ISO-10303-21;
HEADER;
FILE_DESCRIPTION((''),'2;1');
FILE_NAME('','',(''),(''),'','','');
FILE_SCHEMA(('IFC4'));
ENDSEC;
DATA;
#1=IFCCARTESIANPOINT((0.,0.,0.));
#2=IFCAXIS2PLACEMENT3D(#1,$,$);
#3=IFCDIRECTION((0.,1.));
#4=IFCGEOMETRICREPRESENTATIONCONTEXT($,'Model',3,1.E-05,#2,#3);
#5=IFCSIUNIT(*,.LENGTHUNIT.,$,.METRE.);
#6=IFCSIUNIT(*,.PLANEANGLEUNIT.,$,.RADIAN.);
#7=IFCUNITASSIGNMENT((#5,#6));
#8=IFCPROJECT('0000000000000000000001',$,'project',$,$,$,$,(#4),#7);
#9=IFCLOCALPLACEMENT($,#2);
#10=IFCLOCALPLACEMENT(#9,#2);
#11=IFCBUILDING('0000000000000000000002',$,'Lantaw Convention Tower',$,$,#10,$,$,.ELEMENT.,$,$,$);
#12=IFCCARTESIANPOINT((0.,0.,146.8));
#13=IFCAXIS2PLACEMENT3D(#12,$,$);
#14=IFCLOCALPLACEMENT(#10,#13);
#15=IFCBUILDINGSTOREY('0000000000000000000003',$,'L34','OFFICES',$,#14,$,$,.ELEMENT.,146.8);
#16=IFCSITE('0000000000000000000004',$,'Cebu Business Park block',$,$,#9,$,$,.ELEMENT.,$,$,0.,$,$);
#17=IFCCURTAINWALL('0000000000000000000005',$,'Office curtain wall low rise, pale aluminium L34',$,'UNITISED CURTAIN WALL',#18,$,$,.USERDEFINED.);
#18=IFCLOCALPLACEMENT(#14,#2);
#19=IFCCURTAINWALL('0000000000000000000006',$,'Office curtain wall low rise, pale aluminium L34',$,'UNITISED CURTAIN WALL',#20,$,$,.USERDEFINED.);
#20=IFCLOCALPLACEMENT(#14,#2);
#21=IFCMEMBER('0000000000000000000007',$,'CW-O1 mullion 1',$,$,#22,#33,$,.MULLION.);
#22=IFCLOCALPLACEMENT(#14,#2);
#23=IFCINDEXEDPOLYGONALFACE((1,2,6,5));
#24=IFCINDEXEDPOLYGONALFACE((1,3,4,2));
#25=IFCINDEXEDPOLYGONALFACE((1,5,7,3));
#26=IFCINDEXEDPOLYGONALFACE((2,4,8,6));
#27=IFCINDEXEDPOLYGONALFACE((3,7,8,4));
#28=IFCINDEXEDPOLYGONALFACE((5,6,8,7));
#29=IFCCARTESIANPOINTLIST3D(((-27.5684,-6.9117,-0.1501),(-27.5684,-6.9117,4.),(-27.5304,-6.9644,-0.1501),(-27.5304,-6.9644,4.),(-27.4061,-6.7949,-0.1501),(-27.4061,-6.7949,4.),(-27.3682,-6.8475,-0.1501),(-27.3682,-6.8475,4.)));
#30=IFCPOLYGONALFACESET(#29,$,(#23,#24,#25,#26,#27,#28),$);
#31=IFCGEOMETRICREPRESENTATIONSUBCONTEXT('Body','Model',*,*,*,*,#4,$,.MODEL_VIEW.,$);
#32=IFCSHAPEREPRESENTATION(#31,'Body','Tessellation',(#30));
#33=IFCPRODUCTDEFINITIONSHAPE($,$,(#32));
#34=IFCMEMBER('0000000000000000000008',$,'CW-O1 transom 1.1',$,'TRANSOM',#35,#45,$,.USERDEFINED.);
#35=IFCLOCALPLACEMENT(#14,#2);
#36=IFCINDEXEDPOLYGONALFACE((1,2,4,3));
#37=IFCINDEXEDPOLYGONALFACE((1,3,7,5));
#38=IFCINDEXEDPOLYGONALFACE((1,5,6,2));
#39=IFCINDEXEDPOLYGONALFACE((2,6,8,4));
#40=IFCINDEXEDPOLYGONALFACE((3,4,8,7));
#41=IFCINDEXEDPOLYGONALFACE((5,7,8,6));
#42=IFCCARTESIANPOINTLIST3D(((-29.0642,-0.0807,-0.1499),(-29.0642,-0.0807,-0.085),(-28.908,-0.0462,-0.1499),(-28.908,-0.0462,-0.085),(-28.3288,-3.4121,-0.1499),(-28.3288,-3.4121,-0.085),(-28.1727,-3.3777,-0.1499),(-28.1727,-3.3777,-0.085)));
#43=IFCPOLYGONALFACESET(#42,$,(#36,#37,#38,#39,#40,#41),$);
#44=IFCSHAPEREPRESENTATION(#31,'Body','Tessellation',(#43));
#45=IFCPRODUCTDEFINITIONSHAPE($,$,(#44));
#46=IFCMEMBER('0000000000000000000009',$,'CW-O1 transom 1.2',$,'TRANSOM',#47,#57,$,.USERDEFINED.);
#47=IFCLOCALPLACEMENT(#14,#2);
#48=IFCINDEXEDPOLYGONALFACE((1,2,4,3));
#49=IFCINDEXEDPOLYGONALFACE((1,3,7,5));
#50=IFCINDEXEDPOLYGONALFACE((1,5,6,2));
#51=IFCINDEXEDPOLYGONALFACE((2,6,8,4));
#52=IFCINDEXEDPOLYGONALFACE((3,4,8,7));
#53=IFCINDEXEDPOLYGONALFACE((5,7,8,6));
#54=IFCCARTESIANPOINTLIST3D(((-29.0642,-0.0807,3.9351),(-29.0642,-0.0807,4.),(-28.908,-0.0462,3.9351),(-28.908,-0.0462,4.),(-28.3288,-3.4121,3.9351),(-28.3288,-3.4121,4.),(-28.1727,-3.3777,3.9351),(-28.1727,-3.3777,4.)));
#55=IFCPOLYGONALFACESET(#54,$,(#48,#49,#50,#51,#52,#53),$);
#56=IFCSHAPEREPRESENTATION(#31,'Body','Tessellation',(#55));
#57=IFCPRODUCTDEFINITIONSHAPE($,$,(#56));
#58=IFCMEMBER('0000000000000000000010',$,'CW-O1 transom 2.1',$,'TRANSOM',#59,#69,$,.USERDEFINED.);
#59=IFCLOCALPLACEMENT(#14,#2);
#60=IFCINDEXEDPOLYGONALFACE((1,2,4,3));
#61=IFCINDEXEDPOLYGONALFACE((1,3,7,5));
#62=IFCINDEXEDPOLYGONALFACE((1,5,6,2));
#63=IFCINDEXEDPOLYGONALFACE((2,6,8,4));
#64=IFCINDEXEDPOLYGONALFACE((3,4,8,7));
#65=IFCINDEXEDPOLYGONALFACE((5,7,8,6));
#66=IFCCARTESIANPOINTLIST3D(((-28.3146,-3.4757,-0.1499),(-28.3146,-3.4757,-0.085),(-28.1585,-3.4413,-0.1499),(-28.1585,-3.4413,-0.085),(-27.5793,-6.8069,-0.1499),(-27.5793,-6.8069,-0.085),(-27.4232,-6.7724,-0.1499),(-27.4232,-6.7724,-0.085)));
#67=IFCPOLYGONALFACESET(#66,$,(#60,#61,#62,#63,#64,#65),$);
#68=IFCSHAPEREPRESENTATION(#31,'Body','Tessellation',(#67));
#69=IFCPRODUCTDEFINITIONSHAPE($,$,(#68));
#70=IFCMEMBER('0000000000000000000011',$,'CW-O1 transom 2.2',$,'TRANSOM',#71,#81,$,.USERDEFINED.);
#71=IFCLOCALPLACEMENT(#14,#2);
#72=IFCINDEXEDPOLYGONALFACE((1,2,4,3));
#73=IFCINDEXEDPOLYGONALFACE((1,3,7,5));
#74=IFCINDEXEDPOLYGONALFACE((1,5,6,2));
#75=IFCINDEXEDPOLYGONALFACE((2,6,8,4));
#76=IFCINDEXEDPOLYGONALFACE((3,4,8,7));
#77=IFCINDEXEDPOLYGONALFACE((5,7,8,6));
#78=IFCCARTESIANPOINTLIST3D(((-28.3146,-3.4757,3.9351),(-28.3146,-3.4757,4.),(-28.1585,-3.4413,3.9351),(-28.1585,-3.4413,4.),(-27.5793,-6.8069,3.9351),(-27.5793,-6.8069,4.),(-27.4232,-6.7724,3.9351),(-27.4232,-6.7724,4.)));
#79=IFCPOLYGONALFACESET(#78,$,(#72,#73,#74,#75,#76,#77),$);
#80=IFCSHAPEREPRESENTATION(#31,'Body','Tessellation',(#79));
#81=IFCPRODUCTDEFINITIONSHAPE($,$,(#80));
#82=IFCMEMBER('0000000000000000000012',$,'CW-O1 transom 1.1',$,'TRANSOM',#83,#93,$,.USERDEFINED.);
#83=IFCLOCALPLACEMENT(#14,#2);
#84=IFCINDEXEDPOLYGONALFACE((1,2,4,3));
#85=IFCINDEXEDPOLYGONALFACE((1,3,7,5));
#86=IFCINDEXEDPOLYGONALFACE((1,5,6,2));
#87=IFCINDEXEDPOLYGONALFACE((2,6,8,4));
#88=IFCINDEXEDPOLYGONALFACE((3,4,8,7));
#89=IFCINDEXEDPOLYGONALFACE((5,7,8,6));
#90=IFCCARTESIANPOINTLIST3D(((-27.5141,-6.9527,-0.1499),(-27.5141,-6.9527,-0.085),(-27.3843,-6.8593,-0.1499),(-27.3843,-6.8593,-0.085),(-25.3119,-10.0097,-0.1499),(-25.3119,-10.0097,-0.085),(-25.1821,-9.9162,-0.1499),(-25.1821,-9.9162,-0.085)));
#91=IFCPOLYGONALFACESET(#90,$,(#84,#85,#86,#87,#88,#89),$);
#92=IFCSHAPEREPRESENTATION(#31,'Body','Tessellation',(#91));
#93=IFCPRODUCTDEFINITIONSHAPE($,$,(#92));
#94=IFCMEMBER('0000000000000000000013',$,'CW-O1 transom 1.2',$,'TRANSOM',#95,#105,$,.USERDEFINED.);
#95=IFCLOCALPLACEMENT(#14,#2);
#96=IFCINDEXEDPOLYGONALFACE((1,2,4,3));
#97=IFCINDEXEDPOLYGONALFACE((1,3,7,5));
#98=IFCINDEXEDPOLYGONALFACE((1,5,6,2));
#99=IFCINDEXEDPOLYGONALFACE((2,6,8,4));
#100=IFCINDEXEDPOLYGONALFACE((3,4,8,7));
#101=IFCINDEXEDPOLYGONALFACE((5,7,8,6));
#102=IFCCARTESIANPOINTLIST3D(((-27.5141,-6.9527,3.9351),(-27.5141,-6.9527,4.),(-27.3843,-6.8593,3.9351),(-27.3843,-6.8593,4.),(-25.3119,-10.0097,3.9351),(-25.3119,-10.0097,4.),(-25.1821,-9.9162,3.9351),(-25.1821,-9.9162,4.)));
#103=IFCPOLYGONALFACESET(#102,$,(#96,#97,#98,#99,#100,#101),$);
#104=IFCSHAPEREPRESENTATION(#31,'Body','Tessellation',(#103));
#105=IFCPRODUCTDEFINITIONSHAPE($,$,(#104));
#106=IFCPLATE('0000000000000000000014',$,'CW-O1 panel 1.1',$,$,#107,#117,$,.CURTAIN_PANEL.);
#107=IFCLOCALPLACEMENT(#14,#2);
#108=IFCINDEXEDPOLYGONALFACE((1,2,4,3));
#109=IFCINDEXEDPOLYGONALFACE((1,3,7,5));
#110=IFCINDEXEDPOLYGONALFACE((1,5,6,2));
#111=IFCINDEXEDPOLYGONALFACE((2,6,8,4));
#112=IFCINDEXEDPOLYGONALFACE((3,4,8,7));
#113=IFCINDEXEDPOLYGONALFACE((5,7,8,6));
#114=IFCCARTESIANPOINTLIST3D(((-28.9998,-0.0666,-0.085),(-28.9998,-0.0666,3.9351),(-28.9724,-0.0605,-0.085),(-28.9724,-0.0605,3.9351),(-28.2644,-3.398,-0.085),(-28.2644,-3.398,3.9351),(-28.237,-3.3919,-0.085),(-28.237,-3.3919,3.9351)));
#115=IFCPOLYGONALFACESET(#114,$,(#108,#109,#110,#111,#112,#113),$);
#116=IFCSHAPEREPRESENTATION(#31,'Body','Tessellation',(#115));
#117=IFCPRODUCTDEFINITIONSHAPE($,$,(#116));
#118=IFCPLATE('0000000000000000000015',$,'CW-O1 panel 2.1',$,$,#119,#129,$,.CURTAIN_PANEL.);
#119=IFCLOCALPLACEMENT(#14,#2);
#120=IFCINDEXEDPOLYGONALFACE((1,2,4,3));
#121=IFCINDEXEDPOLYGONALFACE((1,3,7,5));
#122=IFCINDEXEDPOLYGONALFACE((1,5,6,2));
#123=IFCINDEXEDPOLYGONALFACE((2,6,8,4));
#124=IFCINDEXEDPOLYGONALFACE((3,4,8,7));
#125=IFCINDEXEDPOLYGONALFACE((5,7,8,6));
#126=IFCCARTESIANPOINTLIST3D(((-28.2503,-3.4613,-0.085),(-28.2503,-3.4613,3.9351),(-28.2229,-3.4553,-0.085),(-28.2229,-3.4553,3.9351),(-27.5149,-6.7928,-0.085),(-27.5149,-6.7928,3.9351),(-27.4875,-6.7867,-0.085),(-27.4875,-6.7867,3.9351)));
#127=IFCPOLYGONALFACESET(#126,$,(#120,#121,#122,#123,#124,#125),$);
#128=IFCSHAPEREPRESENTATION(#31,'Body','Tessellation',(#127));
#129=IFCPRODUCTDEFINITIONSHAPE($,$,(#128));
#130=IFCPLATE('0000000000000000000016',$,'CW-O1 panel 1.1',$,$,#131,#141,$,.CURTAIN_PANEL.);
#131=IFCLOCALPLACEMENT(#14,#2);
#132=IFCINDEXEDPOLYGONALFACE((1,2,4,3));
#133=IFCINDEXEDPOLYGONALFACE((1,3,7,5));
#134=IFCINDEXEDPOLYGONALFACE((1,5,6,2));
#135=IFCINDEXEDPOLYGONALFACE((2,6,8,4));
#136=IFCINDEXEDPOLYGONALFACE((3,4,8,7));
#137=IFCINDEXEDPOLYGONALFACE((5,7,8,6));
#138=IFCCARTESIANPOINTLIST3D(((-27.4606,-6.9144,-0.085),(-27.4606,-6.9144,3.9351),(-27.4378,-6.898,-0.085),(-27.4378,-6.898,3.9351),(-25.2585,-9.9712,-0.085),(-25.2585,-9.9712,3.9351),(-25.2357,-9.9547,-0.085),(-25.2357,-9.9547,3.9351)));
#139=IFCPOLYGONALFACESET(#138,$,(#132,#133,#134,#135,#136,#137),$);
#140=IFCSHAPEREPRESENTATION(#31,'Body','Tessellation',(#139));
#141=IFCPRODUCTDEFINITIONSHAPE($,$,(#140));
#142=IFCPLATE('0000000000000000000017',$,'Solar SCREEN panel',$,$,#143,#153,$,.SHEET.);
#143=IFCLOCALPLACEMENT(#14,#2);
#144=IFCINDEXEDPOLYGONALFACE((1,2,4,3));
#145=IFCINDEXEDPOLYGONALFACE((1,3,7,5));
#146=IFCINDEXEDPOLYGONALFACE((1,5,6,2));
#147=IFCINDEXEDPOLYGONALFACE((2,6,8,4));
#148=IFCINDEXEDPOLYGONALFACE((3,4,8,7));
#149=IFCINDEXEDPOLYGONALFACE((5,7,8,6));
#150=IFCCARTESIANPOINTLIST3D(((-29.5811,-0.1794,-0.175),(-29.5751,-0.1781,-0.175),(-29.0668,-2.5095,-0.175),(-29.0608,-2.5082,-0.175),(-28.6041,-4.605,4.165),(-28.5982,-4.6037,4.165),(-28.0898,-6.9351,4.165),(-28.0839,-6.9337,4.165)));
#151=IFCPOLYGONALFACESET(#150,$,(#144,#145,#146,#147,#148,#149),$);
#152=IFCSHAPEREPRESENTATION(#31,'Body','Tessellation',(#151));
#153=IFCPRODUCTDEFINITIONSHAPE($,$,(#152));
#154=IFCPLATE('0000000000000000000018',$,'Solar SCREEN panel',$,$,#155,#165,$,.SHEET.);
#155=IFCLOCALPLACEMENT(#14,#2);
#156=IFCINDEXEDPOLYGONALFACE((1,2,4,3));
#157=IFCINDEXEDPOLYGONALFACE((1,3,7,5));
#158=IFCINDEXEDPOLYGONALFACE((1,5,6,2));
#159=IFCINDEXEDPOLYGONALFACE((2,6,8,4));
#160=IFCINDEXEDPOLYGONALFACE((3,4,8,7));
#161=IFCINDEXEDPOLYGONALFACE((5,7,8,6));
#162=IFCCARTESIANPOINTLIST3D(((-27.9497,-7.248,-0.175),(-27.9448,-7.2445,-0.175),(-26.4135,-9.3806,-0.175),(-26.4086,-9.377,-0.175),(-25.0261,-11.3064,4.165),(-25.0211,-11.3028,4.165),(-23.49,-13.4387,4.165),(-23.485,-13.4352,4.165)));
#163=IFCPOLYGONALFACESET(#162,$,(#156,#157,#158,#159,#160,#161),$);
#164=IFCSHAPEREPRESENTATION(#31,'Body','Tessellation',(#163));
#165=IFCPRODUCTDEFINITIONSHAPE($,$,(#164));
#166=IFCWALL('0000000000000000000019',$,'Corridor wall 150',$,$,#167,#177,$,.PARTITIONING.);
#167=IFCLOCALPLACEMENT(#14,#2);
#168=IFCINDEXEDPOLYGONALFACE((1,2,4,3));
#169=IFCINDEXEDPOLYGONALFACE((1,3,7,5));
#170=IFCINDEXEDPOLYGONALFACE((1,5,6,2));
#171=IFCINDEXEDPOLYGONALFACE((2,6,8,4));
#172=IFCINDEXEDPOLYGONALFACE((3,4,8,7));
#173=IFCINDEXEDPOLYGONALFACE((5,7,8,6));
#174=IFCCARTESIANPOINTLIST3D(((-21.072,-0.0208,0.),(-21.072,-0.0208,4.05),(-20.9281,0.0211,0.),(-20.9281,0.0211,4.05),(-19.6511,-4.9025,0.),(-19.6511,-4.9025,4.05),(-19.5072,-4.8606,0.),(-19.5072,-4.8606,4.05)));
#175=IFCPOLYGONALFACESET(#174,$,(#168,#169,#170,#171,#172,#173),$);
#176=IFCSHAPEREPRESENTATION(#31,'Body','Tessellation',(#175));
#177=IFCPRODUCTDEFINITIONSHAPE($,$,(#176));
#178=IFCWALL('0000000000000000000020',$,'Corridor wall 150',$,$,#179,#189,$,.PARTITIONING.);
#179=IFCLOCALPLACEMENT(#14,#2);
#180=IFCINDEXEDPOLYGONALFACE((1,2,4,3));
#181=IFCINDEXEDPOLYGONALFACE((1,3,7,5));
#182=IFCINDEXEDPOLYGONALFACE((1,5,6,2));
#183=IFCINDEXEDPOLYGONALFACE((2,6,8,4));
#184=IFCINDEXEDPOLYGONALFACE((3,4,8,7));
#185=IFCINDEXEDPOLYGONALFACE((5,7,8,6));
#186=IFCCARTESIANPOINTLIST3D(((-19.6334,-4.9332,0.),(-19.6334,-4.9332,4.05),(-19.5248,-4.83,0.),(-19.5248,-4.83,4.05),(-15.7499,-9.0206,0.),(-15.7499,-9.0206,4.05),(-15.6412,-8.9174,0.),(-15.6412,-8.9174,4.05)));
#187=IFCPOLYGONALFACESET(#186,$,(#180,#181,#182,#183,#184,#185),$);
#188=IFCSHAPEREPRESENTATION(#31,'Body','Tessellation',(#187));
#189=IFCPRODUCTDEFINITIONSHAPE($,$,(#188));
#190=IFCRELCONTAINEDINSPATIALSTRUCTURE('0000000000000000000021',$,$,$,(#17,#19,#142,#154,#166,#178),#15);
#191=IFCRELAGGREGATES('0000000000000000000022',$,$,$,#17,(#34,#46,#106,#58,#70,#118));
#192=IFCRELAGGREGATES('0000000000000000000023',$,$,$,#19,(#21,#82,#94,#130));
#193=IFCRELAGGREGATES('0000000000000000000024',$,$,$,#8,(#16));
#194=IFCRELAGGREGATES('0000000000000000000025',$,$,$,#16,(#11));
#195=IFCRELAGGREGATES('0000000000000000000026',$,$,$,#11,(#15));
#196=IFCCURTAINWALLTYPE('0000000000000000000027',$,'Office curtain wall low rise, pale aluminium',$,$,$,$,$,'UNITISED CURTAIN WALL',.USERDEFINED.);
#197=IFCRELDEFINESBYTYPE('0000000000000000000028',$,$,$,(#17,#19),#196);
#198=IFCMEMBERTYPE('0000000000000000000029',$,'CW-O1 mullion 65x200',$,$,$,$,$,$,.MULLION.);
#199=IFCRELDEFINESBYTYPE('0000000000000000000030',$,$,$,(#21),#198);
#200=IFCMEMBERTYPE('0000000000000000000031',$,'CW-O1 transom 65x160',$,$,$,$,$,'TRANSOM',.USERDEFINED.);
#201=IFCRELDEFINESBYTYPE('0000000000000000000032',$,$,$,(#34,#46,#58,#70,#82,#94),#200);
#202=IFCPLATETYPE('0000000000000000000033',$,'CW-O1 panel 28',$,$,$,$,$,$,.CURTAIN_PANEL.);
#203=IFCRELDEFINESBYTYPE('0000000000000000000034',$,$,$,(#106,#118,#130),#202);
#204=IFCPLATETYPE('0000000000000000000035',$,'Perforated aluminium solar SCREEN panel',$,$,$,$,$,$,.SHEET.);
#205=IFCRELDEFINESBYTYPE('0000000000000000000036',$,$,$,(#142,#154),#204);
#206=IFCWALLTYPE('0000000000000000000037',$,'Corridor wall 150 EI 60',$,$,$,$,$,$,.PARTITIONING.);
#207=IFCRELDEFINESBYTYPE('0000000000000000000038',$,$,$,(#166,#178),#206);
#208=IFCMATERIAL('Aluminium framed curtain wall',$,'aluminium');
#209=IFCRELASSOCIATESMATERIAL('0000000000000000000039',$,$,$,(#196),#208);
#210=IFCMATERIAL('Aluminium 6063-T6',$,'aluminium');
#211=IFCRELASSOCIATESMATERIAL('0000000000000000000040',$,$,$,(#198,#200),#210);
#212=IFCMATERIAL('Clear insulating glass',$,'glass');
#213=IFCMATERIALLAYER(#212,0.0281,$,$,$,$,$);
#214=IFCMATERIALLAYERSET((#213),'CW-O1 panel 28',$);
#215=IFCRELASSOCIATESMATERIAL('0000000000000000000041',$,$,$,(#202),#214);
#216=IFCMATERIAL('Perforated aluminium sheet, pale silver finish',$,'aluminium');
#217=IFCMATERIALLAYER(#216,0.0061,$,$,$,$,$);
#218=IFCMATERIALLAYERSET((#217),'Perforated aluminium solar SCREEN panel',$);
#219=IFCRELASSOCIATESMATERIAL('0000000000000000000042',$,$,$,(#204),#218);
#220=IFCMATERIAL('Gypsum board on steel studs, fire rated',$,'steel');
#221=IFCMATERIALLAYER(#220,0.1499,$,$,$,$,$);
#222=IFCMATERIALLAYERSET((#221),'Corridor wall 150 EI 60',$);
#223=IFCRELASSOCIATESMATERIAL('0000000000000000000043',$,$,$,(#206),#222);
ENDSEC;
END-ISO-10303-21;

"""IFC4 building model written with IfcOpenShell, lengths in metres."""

from ifc_helpers import new_model, si_unit, direction, frame, frame_2d, origin, origin_2d, place, context, subcontext, project, spatial, polyline, rectangle, outline, extrude, material, layer, layer_set, material_profile, profile_set, type_object, element, aggregate, save


model = new_model("IFC4")

# Units and contexts
model_context = context("Model", 3, precision=1e-05, world=origin(), true_north=direction((0.0, 1.0)))
body_context = subcontext(model_context, "Body", "Model", "MODEL_VIEW")
ifc_project = project(units=[si_unit("LENGTHUNIT", "METRE"), si_unit("PLANEANGLEUNIT", "RADIAN")], contexts=[model_context])

# Site, building, storey
site_placement = place(None, origin())
site = spatial("IfcSite", under=ifc_project, at=site_placement, Name="Cebu Business Park block", CompositionType="ELEMENT", RefElevation=0.0)
building_placement = place(site_placement, origin())
building = spatial("IfcBuilding", under=site, at=building_placement, Name="Lantaw Convention Tower", CompositionType="ELEMENT")
storey_placement = place(building_placement, frame((0.0, 0.0, 146.8)))
storey = spatial("IfcBuildingStorey", under=building, at=storey_placement, Name="L34", Description="OFFICES", CompositionType="ELEMENT", Elevation=146.8)

# Curtain wall
ifc_material_1 = material(Name="Aluminium framed curtain wall", Category="aluminium")
curtain_wall_type = type_object("IfcCurtainWallType", Name="Office curtain wall low rise, pale aluminium", ElementType="UNITISED CURTAIN WALL", PredefinedType="USERDEFINED", material=ifc_material_1)
curtain_wall_1_placement = place(storey_placement, origin())
curtain_wall_1 = element("IfcCurtainWall", 1, at=curtain_wall_1_placement, inside=storey, type_object=curtain_wall_type, Name="Office curtain wall low rise, pale aluminium L34", ObjectType="UNITISED CURTAIN WALL", PredefinedType="USERDEFINED")
ifc_material_2 = material(Name="Aluminium 6063-T6", Category="aluminium")
ifc_material_profile_1 = material_profile(ifc_material_2, rectangle(XDim=0.2, YDim=0.0649, at=origin_2d()), Name="CW-O1 mullion 65x200")
ifc_profile_set_1 = profile_set([ifc_material_profile_1], Name="Aluminium 6063-T6")
member_type_1 = type_object("IfcMemberType", Name="CW-O1 mullion 65x200", PredefinedType="MULLION", material=ifc_profile_set_1)

# Curtain wall, member
curtain_wall_2_placement = place(storey_placement, origin())
curtain_wall_2 = element("IfcCurtainWall", 2, at=curtain_wall_2_placement, inside=storey, type_object=curtain_wall_type, Name="Office curtain wall low rise, pale aluminium L34", ObjectType="UNITISED CURTAIN WALL", PredefinedType="USERDEFINED")
member_1_placement = place(storey_placement, frame((-27.4683, -6.8796, -0.1501), z_axis=(0.0, 0.0, 1.0), x_axis=(0.811385, 0.584513, 0.0)))
member_1 = element("IfcMember", 3, at=member_1_placement, type_object=member_type_1, Name="CW-O1 mullion 1", PredefinedType="MULLION", context=body_context, shape_type="SweptSolid", body=[
    extrude(rectangle(XDim=0.2, YDim=0.0649, at=origin_2d()), origin(), (0.0, 0.0, 1.0), 4.1501),
])

# Members
ifc_material_profile_2 = material_profile(ifc_material_2, rectangle(XDim=0.1599, YDim=0.0649, at=origin_2d()), Name="CW-O1 transom 65x160")
ifc_profile_set_2 = profile_set([ifc_material_profile_2], Name="Aluminium 6063-T6")
member_type_2 = type_object("IfcMemberType", Name="CW-O1 transom 65x160", ElementType="TRANSOM", PredefinedType="USERDEFINED", material=ifc_profile_set_2)
member_2_placement = place(storey_placement, frame((-28.9861, -0.0635, -0.1174), z_axis=(0.215536, -0.976496, 0.0), x_axis=(0.976496, 0.215536, 0.0)))
member_2 = element("IfcMember", 4, at=member_2_placement, type_object=member_type_2, Name="CW-O1 transom 1.1", ObjectType="TRANSOM", PredefinedType="USERDEFINED", context=body_context, shape_type="SweptSolid", body=[
    extrude(rectangle(XDim=0.1599, YDim=0.0649, at=origin_2d()), origin(), (0.0, 0.0, 1.0), 3.4116),
])
member_3_placement = place(storey_placement, frame((-28.9861, -0.0635, 3.9675), z_axis=(0.215536, -0.976496, 0.0), x_axis=(0.976496, 0.215536, 0.0)))
member_3 = element("IfcMember", 5, at=member_3_placement, type_object=member_type_2, Name="CW-O1 transom 1.2", ObjectType="TRANSOM", PredefinedType="USERDEFINED", context=body_context, shape_type="SweptSolid", body=[
    extrude(rectangle(XDim=0.1599, YDim=0.0649, at=origin_2d()), origin(), (0.0, 0.0, 1.0), 3.4116),
])
member_4_placement = place(storey_placement, frame((-28.2366, -3.4585, -0.1174), z_axis=(0.215551, -0.976493, 0.0), x_axis=(0.976493, 0.215551, 0.0)))
member_4 = element("IfcMember", 6, at=member_4_placement, type_object=member_type_2, Name="CW-O1 transom 2.1", ObjectType="TRANSOM", PredefinedType="USERDEFINED", context=body_context, shape_type="SweptSolid", body=[
    extrude(rectangle(XDim=0.1599, YDim=0.0649, at=origin_2d()), origin(), (0.0, 0.0, 1.0), 3.4114),
])
member_5_placement = place(storey_placement, frame((-28.2366, -3.4585, 3.9675), z_axis=(0.215551, -0.976493, 0.0), x_axis=(0.976493, 0.215551, 0.0)))
member_5 = element("IfcMember", 7, at=member_5_placement, type_object=member_type_2, Name="CW-O1 transom 2.2", ObjectType="TRANSOM", PredefinedType="USERDEFINED", context=body_context, shape_type="SweptSolid", body=[
    extrude(rectangle(XDim=0.1599, YDim=0.0649, at=origin_2d()), origin(), (0.0, 0.0, 1.0), 3.4114),
])
member_6_placement = place(storey_placement, frame((-27.4492, -6.906, -0.1174), z_axis=(0.584513, -0.811384, 0.0), x_axis=(0.811384, 0.584513, 0.0)))
member_6 = element("IfcMember", 8, at=member_6_placement, type_object=member_type_2, Name="CW-O1 transom 1.1", ObjectType="TRANSOM", PredefinedType="USERDEFINED", context=body_context, shape_type="SweptSolid", body=[
    extrude(rectangle(XDim=0.1599, YDim=0.0649, at=origin_2d()), origin(), (0.0, 0.0, 1.0), 3.7676),
])
member_7_placement = place(storey_placement, frame((-27.4492, -6.906, 3.9675), z_axis=(0.584513, -0.811384, 0.0), x_axis=(0.811384, 0.584513, 0.0)))
member_7 = element("IfcMember", 9, at=member_7_placement, type_object=member_type_2, Name="CW-O1 transom 1.2", ObjectType="TRANSOM", PredefinedType="USERDEFINED", context=body_context, shape_type="SweptSolid", body=[
    extrude(rectangle(XDim=0.1599, YDim=0.0649, at=origin_2d()), origin(), (0.0, 0.0, 1.0), 3.7676),
])

# Plates
ifc_material_3 = material(Name="Clear insulating glass", Category="glass")
ifc_layer_1 = layer(ifc_material_3, 0.0281)
ifc_layer_set_1 = layer_set([ifc_layer_1], Name="CW-O1 panel 28")
plate_type_1 = type_object("IfcPlateType", Name="CW-O1 panel 28", PredefinedType="CURTAIN_PANEL", material=ifc_layer_set_1)
plate_1_placement = place(storey_placement, frame((-28.6184, -1.7292, -0.085), z_axis=(0.0, 0.0, 1.0), x_axis=(0.215546, -0.976494, 0.0)))
plate_1 = element("IfcPlate", 10, at=plate_1_placement, type_object=plate_type_1, Name="CW-O1 panel 1.1", PredefinedType="CURTAIN_PANEL", context=body_context, shape_type="SweptSolid", body=[
    extrude(rectangle(XDim=3.4116, YDim=0.0281, at=origin_2d()), origin(), (0.0, 0.0, 1.0), 4.02),
])
plate_2_placement = place(storey_placement, frame((-27.8689, -5.124, -0.085), z_axis=(0.0, 0.0, 1.0), x_axis=(0.215546, -0.976494, 0.0)))
plate_2 = element("IfcPlate", 11, at=plate_2_placement, type_object=plate_type_1, Name="CW-O1 panel 2.1", PredefinedType="CURTAIN_PANEL", context=body_context, shape_type="SweptSolid", body=[
    extrude(rectangle(XDim=3.4116, YDim=0.0281, at=origin_2d()), origin(), (0.0, 0.0, 1.0), 4.02),
])
aggregate(curtain_wall_1, [member_2, member_3, plate_1, member_4, member_5, plate_2])
plate_3_placement = place(storey_placement, frame((-26.3481, -8.4346, -0.085), z_axis=(0.0, 0.0, 1.0), x_axis=(0.584513, -0.811385, 0.0)))
plate_3 = element("IfcPlate", 12, at=plate_3_placement, type_object=plate_type_1, Name="CW-O1 panel 1.1", PredefinedType="CURTAIN_PANEL", context=body_context, shape_type="SweptSolid", body=[
    extrude(rectangle(XDim=3.7673, YDim=0.0281, at=origin_2d()), origin(), (0.0, 0.0, 1.0), 4.02),
])
aggregate(curtain_wall_2, [member_1, member_6, member_7, plate_3])

# Plates
ifc_material_4 = material(Name="Perforated aluminium sheet, pale silver finish", Category="aluminium")
ifc_layer_2 = layer(ifc_material_4, 0.0061)
ifc_layer_set_2 = layer_set([ifc_layer_2], Name="Perforated aluminium solar SCREEN panel")
plate_type_2 = type_object("IfcPlateType", Name="Perforated aluminium solar SCREEN panel", PredefinedType="SHEET", material=ifc_layer_set_2)
plate_4_placement = place(storey_placement, frame((-29.5811, -0.1794, -0.175), z_axis=(-0.976498, -0.215527, 0.000033), x_axis=(0.215527, -0.976498, 0.0)))
element("IfcPlate", 13, at=plate_4_placement, inside=storey, type_object=plate_type_2, Name="Solar SCREEN panel", PredefinedType="SHEET", context=body_context, shape_type="SweptSolid", body=[
    extrude(outline(polyline([(0.0, 0.0), (2.3862, 0.0), (6.9182, 4.3401), (4.5321, 4.3401), (0.0, 0.0)])), origin(), (0.0, 0.0, -1.0), 0.0061),
])
plate_5_placement = place(storey_placement, frame((-27.9497, -7.248, -0.175), z_axis=(-0.811395, -0.584498, 0.000036), x_axis=(0.584498, -0.811395, 0.0)))
element("IfcPlate", 14, at=plate_5_placement, inside=storey, type_object=plate_type_2, Name="Solar SCREEN panel", PredefinedType="SHEET", context=body_context, shape_type="SweptSolid", body=[
    extrude(outline(polyline([(0.0, 0.0), (2.6282, 0.0), (7.6298, 4.3401), (5.0018, 4.3401), (0.0, 0.0)])), origin(), (0.0, 0.0, -1.0), 0.0061),
])

# Walls
ifc_material_5 = material(Name="Gypsum board on steel studs, fire rated", Category="steel")
ifc_layer_3 = layer(ifc_material_5, 0.1499)
ifc_layer_set_3 = layer_set([ifc_layer_3], Name="Corridor wall 150 EI 60")
wall_type = type_object("IfcWallType", Name="Corridor wall 150 EI 60", PredefinedType="PARTITIONING", material=ifc_layer_set_3)
wall_1_placement = place(storey_placement, frame((-21.0, 0.0, 0.0), z_axis=(0.0, 0.0, 1.0), x_axis=(0.279474, -0.960153, 0.0)))
element("IfcWall", 15, at=wall_1_placement, inside=storey, type_object=wall_type, Name="Corridor wall 150", PredefinedType="PARTITIONING", context=body_context, shape_type="SweptSolid", body=[
    extrude(rectangle(XDim=5.0842, YDim=0.1499, at=frame_2d((2.542, 0.0))), origin(), (0.0, 0.0, 1.0), 4.05),
])
wall_2_placement = place(storey_placement, frame((-19.5791, -4.8816, 0.0), z_axis=(0.0, 0.0, 1.0), x_axis=(0.688797, -0.724954, 0.0)))
element("IfcWall", 16, at=wall_2_placement, inside=storey, type_object=wall_type, Name="Corridor wall 150", PredefinedType="PARTITIONING", context=body_context, shape_type="SweptSolid", body=[
    extrude(rectangle(XDim=5.6382, YDim=0.1499, at=frame_2d((2.8191, 0.0))), origin(), (0.0, 0.0, 1.0), 4.05),
])

save(model, "model.ifc")
